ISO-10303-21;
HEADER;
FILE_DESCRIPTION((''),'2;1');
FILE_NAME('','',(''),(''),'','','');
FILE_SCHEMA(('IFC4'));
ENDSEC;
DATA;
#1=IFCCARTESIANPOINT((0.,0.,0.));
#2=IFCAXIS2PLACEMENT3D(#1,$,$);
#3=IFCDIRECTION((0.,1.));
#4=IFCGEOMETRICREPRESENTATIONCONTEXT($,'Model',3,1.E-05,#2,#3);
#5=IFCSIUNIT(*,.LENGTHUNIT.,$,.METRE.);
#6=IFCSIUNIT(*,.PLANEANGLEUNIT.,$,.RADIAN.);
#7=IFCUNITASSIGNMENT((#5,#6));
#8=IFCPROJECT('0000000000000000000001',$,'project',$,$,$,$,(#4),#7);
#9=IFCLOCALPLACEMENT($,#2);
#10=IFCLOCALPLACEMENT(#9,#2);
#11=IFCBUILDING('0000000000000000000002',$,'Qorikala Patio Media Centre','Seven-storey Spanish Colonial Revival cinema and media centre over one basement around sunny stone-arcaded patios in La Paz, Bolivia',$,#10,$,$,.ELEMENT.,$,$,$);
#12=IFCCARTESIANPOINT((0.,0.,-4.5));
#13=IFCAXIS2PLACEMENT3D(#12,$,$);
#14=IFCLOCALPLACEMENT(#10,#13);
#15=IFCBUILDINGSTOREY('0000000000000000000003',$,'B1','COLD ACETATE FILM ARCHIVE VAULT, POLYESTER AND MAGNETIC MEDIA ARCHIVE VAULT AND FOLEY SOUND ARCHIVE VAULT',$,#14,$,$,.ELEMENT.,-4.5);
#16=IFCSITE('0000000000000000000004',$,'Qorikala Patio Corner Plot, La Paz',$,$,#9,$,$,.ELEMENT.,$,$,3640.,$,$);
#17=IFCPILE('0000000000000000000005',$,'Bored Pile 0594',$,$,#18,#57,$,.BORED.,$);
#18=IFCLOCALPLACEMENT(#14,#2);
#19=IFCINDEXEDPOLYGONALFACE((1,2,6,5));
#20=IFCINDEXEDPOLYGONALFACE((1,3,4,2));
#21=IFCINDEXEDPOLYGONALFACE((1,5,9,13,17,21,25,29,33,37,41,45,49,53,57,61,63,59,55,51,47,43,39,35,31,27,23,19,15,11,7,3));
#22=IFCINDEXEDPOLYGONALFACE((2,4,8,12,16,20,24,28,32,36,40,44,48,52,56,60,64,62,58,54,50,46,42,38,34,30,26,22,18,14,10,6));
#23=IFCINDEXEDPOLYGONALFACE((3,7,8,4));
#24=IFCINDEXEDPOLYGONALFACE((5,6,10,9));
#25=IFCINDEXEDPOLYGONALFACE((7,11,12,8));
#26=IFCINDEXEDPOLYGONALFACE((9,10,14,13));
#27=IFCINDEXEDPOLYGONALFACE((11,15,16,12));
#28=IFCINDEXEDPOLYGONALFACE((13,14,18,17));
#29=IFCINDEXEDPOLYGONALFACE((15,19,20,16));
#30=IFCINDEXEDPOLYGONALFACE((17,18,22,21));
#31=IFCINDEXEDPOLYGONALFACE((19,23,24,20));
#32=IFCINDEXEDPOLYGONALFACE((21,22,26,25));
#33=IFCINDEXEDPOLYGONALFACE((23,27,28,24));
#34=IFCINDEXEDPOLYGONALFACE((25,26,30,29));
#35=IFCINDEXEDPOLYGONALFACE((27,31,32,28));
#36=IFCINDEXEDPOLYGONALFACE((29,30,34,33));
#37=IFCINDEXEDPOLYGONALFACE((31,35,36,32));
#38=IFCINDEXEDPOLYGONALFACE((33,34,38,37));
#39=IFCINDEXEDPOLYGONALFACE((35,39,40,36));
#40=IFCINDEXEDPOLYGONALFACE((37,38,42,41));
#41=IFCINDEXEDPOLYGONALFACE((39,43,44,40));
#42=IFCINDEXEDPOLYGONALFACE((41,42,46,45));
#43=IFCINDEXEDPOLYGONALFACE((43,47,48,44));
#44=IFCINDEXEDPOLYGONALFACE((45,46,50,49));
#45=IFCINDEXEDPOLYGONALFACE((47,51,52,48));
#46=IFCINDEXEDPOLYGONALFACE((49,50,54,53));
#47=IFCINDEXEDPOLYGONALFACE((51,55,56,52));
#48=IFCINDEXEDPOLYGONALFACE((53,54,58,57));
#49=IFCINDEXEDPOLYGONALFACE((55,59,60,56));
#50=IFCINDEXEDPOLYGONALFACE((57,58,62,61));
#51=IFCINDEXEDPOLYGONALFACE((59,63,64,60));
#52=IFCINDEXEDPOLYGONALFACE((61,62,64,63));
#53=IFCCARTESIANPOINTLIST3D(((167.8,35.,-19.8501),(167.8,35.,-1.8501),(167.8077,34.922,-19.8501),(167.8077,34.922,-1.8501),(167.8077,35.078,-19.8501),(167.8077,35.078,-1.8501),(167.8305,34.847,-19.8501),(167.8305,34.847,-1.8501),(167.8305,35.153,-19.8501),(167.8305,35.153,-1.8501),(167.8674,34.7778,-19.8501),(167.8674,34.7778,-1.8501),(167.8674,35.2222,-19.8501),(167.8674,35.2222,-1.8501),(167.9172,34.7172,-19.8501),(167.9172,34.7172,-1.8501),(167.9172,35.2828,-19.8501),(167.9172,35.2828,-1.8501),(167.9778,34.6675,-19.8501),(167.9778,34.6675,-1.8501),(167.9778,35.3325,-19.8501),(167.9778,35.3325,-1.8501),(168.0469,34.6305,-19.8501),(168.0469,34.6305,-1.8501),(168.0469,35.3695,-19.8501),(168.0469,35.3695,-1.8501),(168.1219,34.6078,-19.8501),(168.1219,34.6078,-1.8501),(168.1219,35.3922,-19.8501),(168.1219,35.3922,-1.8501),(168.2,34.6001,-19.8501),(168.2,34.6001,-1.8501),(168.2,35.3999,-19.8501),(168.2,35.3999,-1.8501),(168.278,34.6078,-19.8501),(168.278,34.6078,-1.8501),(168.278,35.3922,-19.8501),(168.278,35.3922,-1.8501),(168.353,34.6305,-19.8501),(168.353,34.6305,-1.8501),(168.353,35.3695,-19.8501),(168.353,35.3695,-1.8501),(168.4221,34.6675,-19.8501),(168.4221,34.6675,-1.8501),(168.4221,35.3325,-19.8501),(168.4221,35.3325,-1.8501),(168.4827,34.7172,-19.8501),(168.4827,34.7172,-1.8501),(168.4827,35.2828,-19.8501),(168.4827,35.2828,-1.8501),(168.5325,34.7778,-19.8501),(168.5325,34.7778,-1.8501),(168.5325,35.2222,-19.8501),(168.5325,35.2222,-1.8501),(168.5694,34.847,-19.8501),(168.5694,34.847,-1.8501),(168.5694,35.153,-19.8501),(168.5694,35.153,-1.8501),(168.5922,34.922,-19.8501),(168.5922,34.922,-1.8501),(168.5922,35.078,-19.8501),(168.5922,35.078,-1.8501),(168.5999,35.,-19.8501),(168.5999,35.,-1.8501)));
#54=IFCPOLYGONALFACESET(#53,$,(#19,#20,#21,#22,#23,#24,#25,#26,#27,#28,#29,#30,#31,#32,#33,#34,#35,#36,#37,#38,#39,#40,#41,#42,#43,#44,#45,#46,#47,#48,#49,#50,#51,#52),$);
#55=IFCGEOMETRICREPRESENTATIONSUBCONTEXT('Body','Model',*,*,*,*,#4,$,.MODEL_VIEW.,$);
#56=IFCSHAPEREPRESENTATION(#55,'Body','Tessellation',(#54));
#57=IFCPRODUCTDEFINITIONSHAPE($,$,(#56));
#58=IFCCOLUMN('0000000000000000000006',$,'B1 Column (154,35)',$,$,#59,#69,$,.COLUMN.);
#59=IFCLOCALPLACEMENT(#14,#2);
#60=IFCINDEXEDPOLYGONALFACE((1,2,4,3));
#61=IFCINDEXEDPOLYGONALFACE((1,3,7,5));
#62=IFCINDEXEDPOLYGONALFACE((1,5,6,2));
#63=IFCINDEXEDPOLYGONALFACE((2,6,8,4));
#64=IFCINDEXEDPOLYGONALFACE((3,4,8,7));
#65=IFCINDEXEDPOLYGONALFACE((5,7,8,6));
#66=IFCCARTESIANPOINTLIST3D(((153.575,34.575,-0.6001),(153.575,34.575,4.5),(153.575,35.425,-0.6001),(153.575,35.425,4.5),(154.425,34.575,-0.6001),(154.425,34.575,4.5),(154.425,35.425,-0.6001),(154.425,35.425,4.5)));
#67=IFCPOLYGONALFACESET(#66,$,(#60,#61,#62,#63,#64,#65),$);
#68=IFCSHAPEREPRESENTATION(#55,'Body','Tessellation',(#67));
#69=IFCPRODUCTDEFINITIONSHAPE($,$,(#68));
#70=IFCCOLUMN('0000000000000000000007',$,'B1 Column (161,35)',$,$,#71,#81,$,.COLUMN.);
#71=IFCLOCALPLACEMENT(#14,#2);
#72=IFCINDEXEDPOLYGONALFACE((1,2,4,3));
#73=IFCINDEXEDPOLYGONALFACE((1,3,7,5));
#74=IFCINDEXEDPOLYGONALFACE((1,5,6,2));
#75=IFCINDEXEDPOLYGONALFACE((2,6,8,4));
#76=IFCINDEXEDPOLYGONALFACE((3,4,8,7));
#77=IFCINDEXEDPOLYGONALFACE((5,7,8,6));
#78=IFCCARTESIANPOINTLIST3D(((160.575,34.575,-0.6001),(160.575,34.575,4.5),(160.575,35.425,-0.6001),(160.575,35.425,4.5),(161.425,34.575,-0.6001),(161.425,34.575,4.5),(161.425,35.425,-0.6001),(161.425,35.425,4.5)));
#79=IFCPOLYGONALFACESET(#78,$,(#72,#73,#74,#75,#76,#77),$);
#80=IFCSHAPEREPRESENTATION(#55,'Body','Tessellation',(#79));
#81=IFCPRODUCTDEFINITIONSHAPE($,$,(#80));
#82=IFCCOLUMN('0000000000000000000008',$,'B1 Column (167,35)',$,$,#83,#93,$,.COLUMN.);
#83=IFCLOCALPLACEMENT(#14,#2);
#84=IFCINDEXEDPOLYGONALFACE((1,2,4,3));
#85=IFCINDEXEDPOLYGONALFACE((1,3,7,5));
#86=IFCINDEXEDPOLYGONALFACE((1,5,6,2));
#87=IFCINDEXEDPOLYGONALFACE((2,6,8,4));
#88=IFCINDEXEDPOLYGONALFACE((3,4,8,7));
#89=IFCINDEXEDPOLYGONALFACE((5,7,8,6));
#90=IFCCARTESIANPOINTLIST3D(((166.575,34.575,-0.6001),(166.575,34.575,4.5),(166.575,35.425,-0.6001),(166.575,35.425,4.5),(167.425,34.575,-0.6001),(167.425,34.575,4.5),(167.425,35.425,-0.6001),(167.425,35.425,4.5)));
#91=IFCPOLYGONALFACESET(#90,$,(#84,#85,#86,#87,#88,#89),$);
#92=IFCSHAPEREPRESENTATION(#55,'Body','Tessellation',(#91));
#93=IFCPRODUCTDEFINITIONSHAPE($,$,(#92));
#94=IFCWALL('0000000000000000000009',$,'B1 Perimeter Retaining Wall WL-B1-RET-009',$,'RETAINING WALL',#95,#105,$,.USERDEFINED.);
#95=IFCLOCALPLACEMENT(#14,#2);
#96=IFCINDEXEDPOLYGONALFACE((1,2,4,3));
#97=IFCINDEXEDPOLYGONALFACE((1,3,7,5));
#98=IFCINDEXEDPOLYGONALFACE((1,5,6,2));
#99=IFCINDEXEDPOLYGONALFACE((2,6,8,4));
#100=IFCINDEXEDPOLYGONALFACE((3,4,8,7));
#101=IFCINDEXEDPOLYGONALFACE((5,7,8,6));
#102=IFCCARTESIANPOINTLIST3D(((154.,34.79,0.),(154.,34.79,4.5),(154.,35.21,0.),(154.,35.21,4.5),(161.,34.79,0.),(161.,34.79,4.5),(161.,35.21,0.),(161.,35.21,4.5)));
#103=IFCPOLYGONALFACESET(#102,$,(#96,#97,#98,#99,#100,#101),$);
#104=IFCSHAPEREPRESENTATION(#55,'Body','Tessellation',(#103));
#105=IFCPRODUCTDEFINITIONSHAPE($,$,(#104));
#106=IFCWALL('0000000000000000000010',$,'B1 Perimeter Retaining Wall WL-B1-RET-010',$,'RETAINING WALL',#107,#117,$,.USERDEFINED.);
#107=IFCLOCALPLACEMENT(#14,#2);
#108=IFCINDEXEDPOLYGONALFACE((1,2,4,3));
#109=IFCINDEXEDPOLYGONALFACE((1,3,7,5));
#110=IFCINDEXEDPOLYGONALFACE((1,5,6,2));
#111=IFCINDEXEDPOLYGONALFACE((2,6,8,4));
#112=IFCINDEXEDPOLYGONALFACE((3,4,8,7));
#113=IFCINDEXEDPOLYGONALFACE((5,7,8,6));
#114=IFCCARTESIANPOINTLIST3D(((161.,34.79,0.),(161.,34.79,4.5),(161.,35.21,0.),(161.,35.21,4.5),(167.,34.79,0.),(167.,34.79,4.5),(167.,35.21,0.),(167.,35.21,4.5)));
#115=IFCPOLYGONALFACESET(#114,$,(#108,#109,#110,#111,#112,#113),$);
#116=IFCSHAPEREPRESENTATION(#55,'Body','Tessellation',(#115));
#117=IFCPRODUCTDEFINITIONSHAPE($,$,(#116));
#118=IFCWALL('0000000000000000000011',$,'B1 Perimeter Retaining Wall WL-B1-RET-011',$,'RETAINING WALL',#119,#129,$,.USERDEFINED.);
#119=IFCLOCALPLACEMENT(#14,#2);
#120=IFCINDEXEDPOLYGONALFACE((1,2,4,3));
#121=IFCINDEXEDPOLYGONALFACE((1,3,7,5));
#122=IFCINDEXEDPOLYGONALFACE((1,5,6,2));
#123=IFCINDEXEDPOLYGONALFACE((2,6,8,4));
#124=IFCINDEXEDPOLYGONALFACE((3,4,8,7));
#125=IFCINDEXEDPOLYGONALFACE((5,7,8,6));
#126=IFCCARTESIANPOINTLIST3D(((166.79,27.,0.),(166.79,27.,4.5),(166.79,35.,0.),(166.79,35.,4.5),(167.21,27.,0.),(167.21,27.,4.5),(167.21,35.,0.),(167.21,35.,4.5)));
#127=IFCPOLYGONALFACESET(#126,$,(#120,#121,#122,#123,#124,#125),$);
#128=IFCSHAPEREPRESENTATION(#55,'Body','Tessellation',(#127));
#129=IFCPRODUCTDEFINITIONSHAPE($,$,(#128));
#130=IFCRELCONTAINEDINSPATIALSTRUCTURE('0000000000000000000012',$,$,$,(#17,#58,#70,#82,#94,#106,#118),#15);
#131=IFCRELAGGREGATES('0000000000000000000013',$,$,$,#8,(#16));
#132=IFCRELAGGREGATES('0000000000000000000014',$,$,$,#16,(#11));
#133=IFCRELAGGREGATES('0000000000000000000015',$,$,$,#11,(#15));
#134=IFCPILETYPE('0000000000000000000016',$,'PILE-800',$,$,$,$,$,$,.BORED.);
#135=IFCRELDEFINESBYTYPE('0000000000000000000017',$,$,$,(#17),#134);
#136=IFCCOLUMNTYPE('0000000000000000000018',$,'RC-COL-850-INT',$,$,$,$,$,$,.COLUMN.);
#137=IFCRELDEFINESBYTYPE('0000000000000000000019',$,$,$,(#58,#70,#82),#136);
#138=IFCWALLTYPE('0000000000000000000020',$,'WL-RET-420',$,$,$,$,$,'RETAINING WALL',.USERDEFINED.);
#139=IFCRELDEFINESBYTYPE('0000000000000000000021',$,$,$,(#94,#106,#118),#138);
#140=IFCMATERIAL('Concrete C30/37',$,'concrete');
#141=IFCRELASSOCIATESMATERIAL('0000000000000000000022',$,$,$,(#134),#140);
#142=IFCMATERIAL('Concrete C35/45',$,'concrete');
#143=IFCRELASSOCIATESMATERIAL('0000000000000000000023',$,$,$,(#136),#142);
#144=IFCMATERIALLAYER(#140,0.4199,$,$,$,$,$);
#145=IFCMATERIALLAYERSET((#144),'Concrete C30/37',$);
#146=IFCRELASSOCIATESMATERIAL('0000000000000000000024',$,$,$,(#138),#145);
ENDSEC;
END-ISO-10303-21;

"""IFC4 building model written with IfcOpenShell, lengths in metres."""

from ifc_helpers import new_model, si_unit, direction, frame, frame_2d, origin, origin_2d, place, context, subcontext, project, spatial, rectangle, circle, extrude, material, layer, layer_set, material_profile, profile_set, type_object, element, save


model = new_model("IFC4")

# Units and contexts
model_context = context("Model", 3, precision=1e-05, world=origin(), true_north=direction((0.0, 1.0)))
body_context = subcontext(model_context, "Body", "Model", "MODEL_VIEW")
ifc_project = project(units=[si_unit("LENGTHUNIT", "METRE"), si_unit("PLANEANGLEUNIT", "RADIAN")], contexts=[model_context])

# Site, building, storey
site_placement = place(None, origin())
site = spatial("IfcSite", under=ifc_project, at=site_placement, Name="Qorikala Patio Corner Plot, La Paz", CompositionType="ELEMENT", RefElevation=3640.0)
building_placement = place(site_placement, origin())
building = spatial("IfcBuilding", under=site, at=building_placement, Name="Qorikala Patio Media Centre", Description="Seven-storey Spanish Colonial Revival cinema and media centre over one basement around sunny stone-arcaded patios in La Paz, Bolivia", CompositionType="ELEMENT")
storey_placement = place(building_placement, frame((0.0, 0.0, -4.5)))
storey = spatial("IfcBuildingStorey", under=building, at=storey_placement, Name="B1", Description="COLD ACETATE FILM ARCHIVE VAULT, POLYESTER AND MAGNETIC MEDIA ARCHIVE VAULT AND FOLEY SOUND ARCHIVE VAULT", CompositionType="ELEMENT", Elevation=-4.5)

# Shared definitions
ifc_material_1 = material(Name="Concrete C30/37", Category="concrete")

# Pile
ifc_material_profile_1 = material_profile(ifc_material_1, circle(Radius=0.3999, at=origin_2d()), Name="BORED PILE 800")
ifc_profile_set_1 = profile_set([ifc_material_profile_1], Name="Concrete C30/37")
pile_type = type_object("IfcPileType", Name="PILE-800", PredefinedType="BORED", material=ifc_profile_set_1)
for number, where, z_axis, x_axis, name in (
    (1, (168.2, 35.0, -1.8501), (0.0, 0.0, -1.0), (1.0, 0.0, 0.0), "Bored Pile 0594"),
):
    element("IfcPile", number, at=place(storey_placement, frame(where, z_axis=z_axis, x_axis=x_axis)), inside=storey, type_object=pile_type, Name=name, PredefinedType="BORED", context=body_context, shape_type="SweptSolid", body=[
        extrude(circle(Radius=0.3999, at=origin_2d()), origin(), (0.0, 0.0, 1.0), 18.0),
    ])

# Columns
ifc_material_2 = material(Name="Concrete C35/45", Category="concrete")
ifc_material_profile_2 = material_profile(ifc_material_2, rectangle(XDim=0.8501, YDim=0.8501, at=origin_2d()), Name="RC 850x850")
ifc_profile_set_2 = profile_set([ifc_material_profile_2], Name="Concrete C35/45")
column_type = type_object("IfcColumnType", Name="RC-COL-850-INT", PredefinedType="COLUMN", material=ifc_profile_set_2)
for number, where, z_axis, x_axis, name in (
    (2, (154.0, 35.0, -0.6001), (0.0, 0.0, 1.0), (1.0, 0.0, 0.0), "B1 Column (154,35)"),
    (3, (161.0, 35.0, -0.6001), (0.0, 0.0, 1.0), (1.0, 0.0, 0.0), "B1 Column (161,35)"),
    (4, (167.0, 35.0, -0.6001), (0.0, 0.0, 1.0), (1.0, 0.0, 0.0), "B1 Column (167,35)"),
):
    element("IfcColumn", number, at=place(storey_placement, frame(where, z_axis=z_axis, x_axis=x_axis)), inside=storey, type_object=column_type, Name=name, PredefinedType="COLUMN", context=body_context, shape_type="SweptSolid", body=[
        extrude(rectangle(XDim=0.8501, YDim=0.8501, at=origin_2d()), origin(), (0.0, 0.0, 1.0), 5.1001),
    ])

# Walls
ifc_layer_1 = layer(ifc_material_1, 0.4199)
ifc_layer_set_1 = layer_set([ifc_layer_1], Name="Concrete C30/37")
wall_type = type_object("IfcWallType", Name="WL-RET-420", ElementType="RETAINING WALL", PredefinedType="USERDEFINED", material=ifc_layer_set_1)
wall_1_placement = place(storey_placement, frame((154.0, 35.0, 0.0), z_axis=(0.0, 0.0, 1.0), x_axis=(1.0, 0.0, 0.0)))
element("IfcWall", 5, at=wall_1_placement, inside=storey, type_object=wall_type, Name="B1 Perimeter Retaining Wall WL-B1-RET-009", ObjectType="RETAINING WALL", PredefinedType="USERDEFINED", context=body_context, shape_type="SweptSolid", body=[
    extrude(rectangle(XDim=7.0, YDim=0.4199, at=frame_2d((3.5, 0.0))), origin(), (0.0, 0.0, 1.0), 4.5),
])
wall_2_placement = place(storey_placement, frame((161.0, 35.0, 0.0), z_axis=(0.0, 0.0, 1.0), x_axis=(1.0, 0.0, 0.0)))
element("IfcWall", 6, at=wall_2_placement, inside=storey, type_object=wall_type, Name="B1 Perimeter Retaining Wall WL-B1-RET-010", ObjectType="RETAINING WALL", PredefinedType="USERDEFINED", context=body_context, shape_type="SweptSolid", body=[
    extrude(rectangle(XDim=6.0, YDim=0.4199, at=frame_2d((3.0, 0.0))), origin(), (0.0, 0.0, 1.0), 4.5),
])
wall_3_placement = place(storey_placement, frame((167.0, 35.0, 0.0), z_axis=(0.0, 0.0, 1.0), x_axis=(0.0, -1.0, 0.0)))
element("IfcWall", 7, at=wall_3_placement, inside=storey, type_object=wall_type, Name="B1 Perimeter Retaining Wall WL-B1-RET-011", ObjectType="RETAINING WALL", PredefinedType="USERDEFINED", context=body_context, shape_type="SweptSolid", body=[
    extrude(rectangle(XDim=8.0, YDim=0.4199, at=frame_2d((4.0, 0.0))), origin(), (0.0, 0.0, 1.0), 4.5),
])

save(model, "model.ifc")
